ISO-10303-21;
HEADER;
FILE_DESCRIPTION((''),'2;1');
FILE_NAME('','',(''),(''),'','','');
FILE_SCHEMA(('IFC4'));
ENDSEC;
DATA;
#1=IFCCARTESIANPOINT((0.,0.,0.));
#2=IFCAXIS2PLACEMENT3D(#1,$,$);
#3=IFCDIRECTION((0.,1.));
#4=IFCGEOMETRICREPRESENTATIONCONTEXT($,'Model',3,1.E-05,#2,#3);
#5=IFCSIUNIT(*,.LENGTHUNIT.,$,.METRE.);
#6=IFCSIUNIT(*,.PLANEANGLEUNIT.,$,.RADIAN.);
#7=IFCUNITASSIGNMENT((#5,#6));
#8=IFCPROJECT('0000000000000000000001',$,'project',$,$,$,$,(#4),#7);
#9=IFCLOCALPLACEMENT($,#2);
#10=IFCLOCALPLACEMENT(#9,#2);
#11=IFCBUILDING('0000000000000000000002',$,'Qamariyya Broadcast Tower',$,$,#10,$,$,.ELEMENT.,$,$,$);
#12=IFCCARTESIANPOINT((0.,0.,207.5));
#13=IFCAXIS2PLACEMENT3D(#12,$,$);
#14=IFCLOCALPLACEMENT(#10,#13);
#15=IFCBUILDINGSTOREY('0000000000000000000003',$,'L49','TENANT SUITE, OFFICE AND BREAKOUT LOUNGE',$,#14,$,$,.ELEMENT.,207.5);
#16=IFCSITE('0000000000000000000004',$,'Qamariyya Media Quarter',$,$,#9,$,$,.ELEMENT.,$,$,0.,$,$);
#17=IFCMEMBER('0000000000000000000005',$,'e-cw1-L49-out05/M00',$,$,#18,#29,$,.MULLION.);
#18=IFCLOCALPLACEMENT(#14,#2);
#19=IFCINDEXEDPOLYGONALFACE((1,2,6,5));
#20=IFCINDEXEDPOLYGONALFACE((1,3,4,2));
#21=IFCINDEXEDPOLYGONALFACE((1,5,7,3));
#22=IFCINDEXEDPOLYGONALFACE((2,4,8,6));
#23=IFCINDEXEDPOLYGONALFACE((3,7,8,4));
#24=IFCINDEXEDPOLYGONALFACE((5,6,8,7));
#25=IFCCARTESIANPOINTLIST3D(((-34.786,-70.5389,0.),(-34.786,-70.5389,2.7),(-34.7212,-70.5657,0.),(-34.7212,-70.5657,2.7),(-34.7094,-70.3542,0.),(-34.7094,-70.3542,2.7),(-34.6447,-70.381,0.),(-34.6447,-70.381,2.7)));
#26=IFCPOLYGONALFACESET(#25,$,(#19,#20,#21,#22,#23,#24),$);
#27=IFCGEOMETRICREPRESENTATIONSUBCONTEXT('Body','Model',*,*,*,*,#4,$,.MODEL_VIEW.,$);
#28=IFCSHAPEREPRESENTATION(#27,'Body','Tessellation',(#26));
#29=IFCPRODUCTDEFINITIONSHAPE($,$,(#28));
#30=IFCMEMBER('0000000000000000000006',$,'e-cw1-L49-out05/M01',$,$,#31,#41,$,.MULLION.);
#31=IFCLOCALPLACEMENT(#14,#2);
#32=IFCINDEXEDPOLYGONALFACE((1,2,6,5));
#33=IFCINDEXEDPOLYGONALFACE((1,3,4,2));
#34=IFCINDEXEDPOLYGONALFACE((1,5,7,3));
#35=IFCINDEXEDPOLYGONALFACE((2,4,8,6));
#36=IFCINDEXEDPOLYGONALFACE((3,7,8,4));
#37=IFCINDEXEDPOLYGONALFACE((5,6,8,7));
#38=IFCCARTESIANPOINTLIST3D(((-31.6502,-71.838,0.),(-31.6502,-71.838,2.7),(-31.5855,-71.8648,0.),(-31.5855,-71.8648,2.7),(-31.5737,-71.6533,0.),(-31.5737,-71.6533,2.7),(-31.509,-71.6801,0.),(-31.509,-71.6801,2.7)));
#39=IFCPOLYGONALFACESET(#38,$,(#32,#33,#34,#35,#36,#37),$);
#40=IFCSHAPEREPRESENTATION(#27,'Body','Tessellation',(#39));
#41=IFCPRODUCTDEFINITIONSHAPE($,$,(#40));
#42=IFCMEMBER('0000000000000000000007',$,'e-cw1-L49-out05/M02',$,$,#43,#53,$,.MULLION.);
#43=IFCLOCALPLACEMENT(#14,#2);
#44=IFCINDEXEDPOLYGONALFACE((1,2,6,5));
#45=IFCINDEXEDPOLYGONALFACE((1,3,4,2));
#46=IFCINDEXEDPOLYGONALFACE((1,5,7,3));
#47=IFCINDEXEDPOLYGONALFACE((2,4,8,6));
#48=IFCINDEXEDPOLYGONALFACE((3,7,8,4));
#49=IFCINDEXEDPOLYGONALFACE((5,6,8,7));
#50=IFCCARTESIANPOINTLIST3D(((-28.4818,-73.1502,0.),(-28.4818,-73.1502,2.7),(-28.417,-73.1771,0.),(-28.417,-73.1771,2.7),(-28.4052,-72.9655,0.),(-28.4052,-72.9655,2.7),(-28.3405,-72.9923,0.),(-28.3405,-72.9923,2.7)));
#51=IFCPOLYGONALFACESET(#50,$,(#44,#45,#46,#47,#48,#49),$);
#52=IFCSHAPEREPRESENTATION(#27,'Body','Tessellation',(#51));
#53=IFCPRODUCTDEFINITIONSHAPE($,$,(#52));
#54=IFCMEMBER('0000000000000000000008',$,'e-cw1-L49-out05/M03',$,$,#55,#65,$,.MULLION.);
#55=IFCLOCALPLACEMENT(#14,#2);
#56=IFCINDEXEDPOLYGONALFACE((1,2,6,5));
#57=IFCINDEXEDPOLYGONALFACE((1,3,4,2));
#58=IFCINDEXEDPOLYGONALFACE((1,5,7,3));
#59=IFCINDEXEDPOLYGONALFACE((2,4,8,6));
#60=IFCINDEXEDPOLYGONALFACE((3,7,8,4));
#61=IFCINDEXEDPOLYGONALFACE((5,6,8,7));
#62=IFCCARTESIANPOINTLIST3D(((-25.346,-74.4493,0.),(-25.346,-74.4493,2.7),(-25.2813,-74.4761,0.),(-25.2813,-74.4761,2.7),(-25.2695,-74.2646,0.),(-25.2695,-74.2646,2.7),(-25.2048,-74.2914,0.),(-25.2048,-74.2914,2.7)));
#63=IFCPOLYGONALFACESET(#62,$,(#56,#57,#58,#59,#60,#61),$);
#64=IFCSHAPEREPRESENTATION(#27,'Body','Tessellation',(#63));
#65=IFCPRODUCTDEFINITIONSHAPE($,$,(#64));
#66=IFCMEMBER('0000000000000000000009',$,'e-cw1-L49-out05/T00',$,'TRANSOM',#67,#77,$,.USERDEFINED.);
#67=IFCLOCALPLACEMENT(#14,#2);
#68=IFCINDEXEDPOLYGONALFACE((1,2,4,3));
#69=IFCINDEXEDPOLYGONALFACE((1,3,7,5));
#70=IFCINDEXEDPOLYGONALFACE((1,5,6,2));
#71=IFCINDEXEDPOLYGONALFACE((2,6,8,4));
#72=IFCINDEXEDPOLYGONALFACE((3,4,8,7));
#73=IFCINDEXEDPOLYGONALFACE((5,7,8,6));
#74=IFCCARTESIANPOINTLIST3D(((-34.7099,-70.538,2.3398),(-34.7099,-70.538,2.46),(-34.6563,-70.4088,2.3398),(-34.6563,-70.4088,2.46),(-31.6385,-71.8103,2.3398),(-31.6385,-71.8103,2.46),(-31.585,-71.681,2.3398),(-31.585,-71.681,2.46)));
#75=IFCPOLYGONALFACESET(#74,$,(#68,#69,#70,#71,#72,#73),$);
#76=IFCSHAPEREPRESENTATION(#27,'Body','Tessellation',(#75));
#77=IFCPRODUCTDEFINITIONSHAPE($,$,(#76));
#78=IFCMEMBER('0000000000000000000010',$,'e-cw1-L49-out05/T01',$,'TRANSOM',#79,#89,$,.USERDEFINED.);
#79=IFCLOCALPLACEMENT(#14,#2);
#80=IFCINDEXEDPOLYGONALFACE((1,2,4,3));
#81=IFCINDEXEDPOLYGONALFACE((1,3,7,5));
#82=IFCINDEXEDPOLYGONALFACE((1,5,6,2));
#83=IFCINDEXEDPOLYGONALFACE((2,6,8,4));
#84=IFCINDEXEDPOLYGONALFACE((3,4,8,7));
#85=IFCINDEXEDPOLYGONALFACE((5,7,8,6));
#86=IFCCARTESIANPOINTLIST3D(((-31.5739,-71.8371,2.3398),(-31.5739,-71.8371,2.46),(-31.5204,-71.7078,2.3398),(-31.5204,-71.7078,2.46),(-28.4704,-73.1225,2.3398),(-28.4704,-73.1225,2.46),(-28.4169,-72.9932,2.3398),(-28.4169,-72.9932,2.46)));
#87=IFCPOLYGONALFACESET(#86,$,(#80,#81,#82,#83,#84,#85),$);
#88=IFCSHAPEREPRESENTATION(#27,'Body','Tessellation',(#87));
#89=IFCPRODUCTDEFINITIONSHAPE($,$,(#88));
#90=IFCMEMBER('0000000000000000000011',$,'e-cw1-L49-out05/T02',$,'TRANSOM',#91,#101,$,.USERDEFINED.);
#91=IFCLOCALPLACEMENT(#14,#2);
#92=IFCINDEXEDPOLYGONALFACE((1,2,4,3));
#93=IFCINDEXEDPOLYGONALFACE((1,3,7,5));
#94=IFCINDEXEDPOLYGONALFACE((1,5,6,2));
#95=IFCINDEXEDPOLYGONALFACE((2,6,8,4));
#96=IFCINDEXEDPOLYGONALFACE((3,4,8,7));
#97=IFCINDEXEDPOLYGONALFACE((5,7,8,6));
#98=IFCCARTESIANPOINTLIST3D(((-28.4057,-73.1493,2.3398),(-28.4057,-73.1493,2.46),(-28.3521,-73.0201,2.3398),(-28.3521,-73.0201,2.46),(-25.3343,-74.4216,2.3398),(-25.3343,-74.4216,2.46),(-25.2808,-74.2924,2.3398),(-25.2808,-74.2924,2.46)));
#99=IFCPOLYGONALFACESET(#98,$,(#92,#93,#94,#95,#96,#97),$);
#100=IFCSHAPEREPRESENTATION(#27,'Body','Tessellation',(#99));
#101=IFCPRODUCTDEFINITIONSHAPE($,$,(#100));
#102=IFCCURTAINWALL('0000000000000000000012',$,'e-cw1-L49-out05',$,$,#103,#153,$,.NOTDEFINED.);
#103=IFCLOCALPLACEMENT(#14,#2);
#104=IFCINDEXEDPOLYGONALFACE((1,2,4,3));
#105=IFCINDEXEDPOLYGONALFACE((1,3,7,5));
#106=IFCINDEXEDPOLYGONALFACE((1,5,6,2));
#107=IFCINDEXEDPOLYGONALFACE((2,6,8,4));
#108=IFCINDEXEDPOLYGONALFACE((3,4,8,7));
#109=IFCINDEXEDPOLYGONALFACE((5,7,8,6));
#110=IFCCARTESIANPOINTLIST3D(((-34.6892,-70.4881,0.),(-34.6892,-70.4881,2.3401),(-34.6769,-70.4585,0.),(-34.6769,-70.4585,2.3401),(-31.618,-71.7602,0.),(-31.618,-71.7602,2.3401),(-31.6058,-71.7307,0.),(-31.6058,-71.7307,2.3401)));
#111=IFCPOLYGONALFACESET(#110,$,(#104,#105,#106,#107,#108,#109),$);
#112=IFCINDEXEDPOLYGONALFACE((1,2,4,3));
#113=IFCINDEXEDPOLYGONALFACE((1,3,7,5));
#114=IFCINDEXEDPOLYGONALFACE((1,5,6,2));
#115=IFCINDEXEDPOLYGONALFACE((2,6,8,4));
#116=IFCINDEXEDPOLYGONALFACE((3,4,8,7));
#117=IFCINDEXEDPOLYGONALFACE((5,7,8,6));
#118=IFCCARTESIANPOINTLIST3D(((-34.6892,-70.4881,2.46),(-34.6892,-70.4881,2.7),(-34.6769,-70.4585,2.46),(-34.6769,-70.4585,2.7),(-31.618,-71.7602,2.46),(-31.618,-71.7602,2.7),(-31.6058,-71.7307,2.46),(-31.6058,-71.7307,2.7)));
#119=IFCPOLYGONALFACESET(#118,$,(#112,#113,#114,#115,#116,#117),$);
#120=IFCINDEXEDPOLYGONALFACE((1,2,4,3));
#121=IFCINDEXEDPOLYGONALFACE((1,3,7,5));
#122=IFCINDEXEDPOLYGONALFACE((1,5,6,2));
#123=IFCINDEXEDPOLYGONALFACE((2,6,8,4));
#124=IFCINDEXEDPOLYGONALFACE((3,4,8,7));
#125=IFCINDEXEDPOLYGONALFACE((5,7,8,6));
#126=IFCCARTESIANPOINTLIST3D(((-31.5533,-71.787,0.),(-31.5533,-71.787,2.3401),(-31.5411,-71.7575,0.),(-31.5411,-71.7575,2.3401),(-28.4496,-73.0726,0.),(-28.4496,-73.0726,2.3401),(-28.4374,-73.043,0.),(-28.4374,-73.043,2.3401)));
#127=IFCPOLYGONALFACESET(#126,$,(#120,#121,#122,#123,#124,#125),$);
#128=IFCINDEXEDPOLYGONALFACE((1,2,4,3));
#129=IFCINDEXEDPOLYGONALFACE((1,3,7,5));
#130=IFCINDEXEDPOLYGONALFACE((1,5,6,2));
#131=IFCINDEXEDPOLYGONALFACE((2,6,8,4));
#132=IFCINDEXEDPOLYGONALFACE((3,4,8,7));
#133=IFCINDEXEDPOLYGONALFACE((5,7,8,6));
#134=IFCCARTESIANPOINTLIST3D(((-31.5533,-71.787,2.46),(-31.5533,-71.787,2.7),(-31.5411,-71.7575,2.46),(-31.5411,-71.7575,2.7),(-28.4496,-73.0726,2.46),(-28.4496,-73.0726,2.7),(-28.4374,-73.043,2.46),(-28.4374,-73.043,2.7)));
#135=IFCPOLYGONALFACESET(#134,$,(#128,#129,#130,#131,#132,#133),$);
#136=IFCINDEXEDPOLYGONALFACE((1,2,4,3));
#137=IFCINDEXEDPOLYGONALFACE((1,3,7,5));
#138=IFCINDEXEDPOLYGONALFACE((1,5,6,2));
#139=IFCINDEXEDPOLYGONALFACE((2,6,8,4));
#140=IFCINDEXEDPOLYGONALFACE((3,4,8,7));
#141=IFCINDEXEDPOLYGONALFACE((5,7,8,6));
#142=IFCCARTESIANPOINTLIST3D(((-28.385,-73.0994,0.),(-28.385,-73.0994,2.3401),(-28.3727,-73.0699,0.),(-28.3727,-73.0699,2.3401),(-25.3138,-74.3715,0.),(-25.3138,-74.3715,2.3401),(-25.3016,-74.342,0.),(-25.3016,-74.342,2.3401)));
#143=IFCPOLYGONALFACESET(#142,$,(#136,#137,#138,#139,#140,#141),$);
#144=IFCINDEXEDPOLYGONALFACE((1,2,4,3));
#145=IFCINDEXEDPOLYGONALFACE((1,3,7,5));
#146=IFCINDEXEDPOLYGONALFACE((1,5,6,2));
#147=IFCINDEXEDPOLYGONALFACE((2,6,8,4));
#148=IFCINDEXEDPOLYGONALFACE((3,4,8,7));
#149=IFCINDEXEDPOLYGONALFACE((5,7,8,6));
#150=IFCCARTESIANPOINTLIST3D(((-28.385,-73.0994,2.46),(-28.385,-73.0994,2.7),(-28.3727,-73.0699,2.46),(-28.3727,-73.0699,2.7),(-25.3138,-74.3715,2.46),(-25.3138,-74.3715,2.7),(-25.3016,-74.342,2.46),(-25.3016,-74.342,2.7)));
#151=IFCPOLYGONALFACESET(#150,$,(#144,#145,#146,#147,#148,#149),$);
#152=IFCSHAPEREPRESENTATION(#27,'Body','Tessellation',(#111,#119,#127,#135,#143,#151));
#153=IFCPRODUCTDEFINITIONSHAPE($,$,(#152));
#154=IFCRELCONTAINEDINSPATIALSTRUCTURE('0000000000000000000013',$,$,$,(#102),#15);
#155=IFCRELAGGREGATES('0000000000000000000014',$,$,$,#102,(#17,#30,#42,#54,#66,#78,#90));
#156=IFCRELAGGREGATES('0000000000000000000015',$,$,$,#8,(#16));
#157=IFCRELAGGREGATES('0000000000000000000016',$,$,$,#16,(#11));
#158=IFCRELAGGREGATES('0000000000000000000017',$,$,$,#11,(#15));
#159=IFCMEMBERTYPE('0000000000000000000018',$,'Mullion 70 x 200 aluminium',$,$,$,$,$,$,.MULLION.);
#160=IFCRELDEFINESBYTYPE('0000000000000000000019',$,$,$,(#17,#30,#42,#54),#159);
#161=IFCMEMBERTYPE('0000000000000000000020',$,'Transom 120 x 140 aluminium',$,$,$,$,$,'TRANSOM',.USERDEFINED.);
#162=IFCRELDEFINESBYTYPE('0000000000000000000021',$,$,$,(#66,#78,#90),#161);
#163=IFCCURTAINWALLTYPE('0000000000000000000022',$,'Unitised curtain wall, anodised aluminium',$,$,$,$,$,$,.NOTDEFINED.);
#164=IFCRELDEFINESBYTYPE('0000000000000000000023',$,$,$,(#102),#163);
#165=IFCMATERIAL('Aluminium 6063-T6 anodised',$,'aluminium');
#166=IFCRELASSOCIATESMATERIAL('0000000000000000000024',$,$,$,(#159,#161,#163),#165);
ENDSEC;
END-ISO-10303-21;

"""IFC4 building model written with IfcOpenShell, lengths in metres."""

from ifc_helpers import new_model, si_unit, direction, frame, origin, origin_2d, place, context, subcontext, project, spatial, rectangle, extrude, material, material_profile, profile_set, type_object, element, aggregate, save


model = new_model("IFC4")

# Units and contexts
model_context = context("Model", 3, precision=1e-05, world=origin(), true_north=direction((0.0, 1.0)))
body_context = subcontext(model_context, "Body", "Model", "MODEL_VIEW")
ifc_project = project(units=[si_unit("LENGTHUNIT", "METRE"), si_unit("PLANEANGLEUNIT", "RADIAN")], contexts=[model_context])

# Members
ifc_material = material(Name="Aluminium 6063-T6 anodised", Category="aluminium")
ifc_material_profile_1 = material_profile(ifc_material, rectangle(XDim=0.2, YDim=0.0701, at=origin_2d()))
ifc_profile_set_1 = profile_set([ifc_material_profile_1], Name="Aluminium 6063-T6 anodised")
member_type_1 = type_object("IfcMemberType", Name="Mullion 70 x 200 aluminium", PredefinedType="MULLION", material=ifc_profile_set_1)
site_placement = place(None, origin())
building_placement = place(site_placement, origin())
storey_placement = place(building_placement, frame((0.0, 0.0, 207.5)))
member_1_placement = place(storey_placement, frame((-34.7153, -70.46, 0.0), z_axis=(0.0, 0.0, 1.0), x_axis=(0.382683, 0.92388, 0.0)))
member_1 = element("IfcMember", 1, at=member_1_placement, type_object=member_type_1, Name="e-cw1-L49-out05/M00", PredefinedType="MULLION", context=body_context, shape_type="SweptSolid", body=[
    extrude(rectangle(XDim=0.2, YDim=0.0701, at=origin_2d()), origin(), (0.0, 0.0, 1.0), 2.7),
])
member_2_placement = place(storey_placement, frame((-31.5796, -71.759, 0.0), z_axis=(0.0, 0.0, 1.0), x_axis=(0.382683, 0.92388, 0.0)))
member_2 = element("IfcMember", 2, at=member_2_placement, type_object=member_type_1, Name="e-cw1-L49-out05/M01", PredefinedType="MULLION", context=body_context, shape_type="SweptSolid", body=[
    extrude(rectangle(XDim=0.2, YDim=0.0701, at=origin_2d()), origin(), (0.0, 0.0, 1.0), 2.7),
])
member_3_placement = place(storey_placement, frame((-28.4111, -73.0713, 0.0), z_axis=(0.0, 0.0, 1.0), x_axis=(0.382683, 0.92388, 0.0)))
member_3 = element("IfcMember", 3, at=member_3_placement, type_object=member_type_1, Name="e-cw1-L49-out05/M02", PredefinedType="MULLION", context=body_context, shape_type="SweptSolid", body=[
    extrude(rectangle(XDim=0.2, YDim=0.0701, at=origin_2d()), origin(), (0.0, 0.0, 1.0), 2.7),
])
member_4_placement = place(storey_placement, frame((-25.2754, -74.3704, 0.0), z_axis=(0.0, 0.0, 1.0), x_axis=(0.382683, 0.92388, 0.0)))
member_4 = element("IfcMember", 4, at=member_4_placement, type_object=member_type_1, Name="e-cw1-L49-out05/M03", PredefinedType="MULLION", context=body_context, shape_type="SweptSolid", body=[
    extrude(rectangle(XDim=0.2, YDim=0.0701, at=origin_2d()), origin(), (0.0, 0.0, 1.0), 2.7),
])
ifc_material_profile_2 = material_profile(ifc_material, rectangle(XDim=0.1399, YDim=0.1201, at=origin_2d()))
ifc_profile_set_2 = profile_set([ifc_material_profile_2], Name="Aluminium 6063-T6 anodised")
member_type_2 = type_object("IfcMemberType", Name="Transom 120 x 140 aluminium", ElementType="TRANSOM", PredefinedType="USERDEFINED", material=ifc_profile_set_2)
member_5_placement = place(storey_placement, frame((-34.6831, -70.4734, 2.3999), z_axis=(0.923875, -0.382696, 0.0), x_axis=(0.382696, 0.923875, 0.0)))
member_5 = element("IfcMember", 5, at=member_5_placement, type_object=member_type_2, Name="e-cw1-L49-out05/T00", ObjectType="TRANSOM", PredefinedType="USERDEFINED", context=body_context, shape_type="SweptSolid", body=[
    extrude(rectangle(XDim=0.1399, YDim=0.1201, at=origin_2d()), origin(), (0.0, 0.0, 1.0), 3.3245),
])
member_6_placement = place(storey_placement, frame((-31.5471, -71.7725, 2.3999), z_axis=(0.923892, -0.382653, 0.0), x_axis=(0.382653, 0.923892, 0.0)))
member_6 = element("IfcMember", 6, at=member_6_placement, type_object=member_type_2, Name="e-cw1-L49-out05/T01", ObjectType="TRANSOM", PredefinedType="USERDEFINED", context=body_context, shape_type="SweptSolid", body=[
    extrude(rectangle(XDim=0.1399, YDim=0.1201, at=origin_2d()), origin(), (0.0, 0.0, 1.0), 3.3591),
])
member_7_placement = place(storey_placement, frame((-28.3789, -73.0847, 2.3999), z_axis=(0.923875, -0.382696, 0.0), x_axis=(0.382696, 0.923875, 0.0)))
member_7 = element("IfcMember", 7, at=member_7_placement, type_object=member_type_2, Name="e-cw1-L49-out05/T02", ObjectType="TRANSOM", PredefinedType="USERDEFINED", context=body_context, shape_type="SweptSolid", body=[
    extrude(rectangle(XDim=0.1399, YDim=0.1201, at=origin_2d()), origin(), (0.0, 0.0, 1.0), 3.3245),
])

# Site, building, storey
site = spatial("IfcSite", under=ifc_project, at=site_placement, Name="Qamariyya Media Quarter", CompositionType="ELEMENT", RefElevation=0.0)
building = spatial("IfcBuilding", under=site, at=building_placement, Name="Qamariyya Broadcast Tower", CompositionType="ELEMENT")
storey = spatial("IfcBuildingStorey", under=building, at=storey_placement, Name="L49", Description="TENANT SUITE, OFFICE AND BREAKOUT LOUNGE", CompositionType="ELEMENT", Elevation=207.5)

# Curtain wall
curtain_wall_type = type_object("IfcCurtainWallType", Name="Unitised curtain wall, anodised aluminium", PredefinedType="NOTDEFINED", material=ifc_material)
curtain_wall_1_placement = place(storey_placement, origin())
curtain_wall_1 = element("IfcCurtainWall", 8, at=curtain_wall_1_placement, inside=storey, type_object=curtain_wall_type, Name="e-cw1-L49-out05", PredefinedType="NOTDEFINED", context=body_context, shape_type="SweptSolid", body=[
    extrude(rectangle(XDim=3.3242, YDim=0.032, at=origin_2d()), frame((-33.1475, -71.1094, 0.0), x_axis=(0.923881, -0.38268, 0.0)), (0.0, 0.0, 1.0), 2.3401),
    extrude(rectangle(XDim=3.3242, YDim=0.032, at=origin_2d()), frame((-33.1475, -71.1094, 2.46), x_axis=(0.923881, -0.38268, 0.0)), (0.0, 0.0, 1.0), 0.24),
    extrude(rectangle(XDim=3.3594, YDim=0.032, at=origin_2d()), frame((-29.9954, -72.415, 0.0), x_axis=(0.923881, -0.38268, 0.0)), (0.0, 0.0, 1.0), 2.3401),
    extrude(rectangle(XDim=3.3594, YDim=0.032, at=origin_2d()), frame((-29.9954, -72.415, 2.46), x_axis=(0.923881, -0.38268, 0.0)), (0.0, 0.0, 1.0), 0.24),
    extrude(rectangle(XDim=3.3242, YDim=0.032, at=origin_2d()), frame((-26.8433, -73.7207, 0.0), x_axis=(0.923881, -0.38268, 0.0)), (0.0, 0.0, 1.0), 2.3401),
    extrude(rectangle(XDim=3.3242, YDim=0.032, at=origin_2d()), frame((-26.8433, -73.7207, 2.46), x_axis=(0.923881, -0.38268, 0.0)), (0.0, 0.0, 1.0), 0.24),
])
aggregate(curtain_wall_1, [member_1, member_2, member_3, member_4, member_5, member_6, member_7])

save(model, "model.ifc")
